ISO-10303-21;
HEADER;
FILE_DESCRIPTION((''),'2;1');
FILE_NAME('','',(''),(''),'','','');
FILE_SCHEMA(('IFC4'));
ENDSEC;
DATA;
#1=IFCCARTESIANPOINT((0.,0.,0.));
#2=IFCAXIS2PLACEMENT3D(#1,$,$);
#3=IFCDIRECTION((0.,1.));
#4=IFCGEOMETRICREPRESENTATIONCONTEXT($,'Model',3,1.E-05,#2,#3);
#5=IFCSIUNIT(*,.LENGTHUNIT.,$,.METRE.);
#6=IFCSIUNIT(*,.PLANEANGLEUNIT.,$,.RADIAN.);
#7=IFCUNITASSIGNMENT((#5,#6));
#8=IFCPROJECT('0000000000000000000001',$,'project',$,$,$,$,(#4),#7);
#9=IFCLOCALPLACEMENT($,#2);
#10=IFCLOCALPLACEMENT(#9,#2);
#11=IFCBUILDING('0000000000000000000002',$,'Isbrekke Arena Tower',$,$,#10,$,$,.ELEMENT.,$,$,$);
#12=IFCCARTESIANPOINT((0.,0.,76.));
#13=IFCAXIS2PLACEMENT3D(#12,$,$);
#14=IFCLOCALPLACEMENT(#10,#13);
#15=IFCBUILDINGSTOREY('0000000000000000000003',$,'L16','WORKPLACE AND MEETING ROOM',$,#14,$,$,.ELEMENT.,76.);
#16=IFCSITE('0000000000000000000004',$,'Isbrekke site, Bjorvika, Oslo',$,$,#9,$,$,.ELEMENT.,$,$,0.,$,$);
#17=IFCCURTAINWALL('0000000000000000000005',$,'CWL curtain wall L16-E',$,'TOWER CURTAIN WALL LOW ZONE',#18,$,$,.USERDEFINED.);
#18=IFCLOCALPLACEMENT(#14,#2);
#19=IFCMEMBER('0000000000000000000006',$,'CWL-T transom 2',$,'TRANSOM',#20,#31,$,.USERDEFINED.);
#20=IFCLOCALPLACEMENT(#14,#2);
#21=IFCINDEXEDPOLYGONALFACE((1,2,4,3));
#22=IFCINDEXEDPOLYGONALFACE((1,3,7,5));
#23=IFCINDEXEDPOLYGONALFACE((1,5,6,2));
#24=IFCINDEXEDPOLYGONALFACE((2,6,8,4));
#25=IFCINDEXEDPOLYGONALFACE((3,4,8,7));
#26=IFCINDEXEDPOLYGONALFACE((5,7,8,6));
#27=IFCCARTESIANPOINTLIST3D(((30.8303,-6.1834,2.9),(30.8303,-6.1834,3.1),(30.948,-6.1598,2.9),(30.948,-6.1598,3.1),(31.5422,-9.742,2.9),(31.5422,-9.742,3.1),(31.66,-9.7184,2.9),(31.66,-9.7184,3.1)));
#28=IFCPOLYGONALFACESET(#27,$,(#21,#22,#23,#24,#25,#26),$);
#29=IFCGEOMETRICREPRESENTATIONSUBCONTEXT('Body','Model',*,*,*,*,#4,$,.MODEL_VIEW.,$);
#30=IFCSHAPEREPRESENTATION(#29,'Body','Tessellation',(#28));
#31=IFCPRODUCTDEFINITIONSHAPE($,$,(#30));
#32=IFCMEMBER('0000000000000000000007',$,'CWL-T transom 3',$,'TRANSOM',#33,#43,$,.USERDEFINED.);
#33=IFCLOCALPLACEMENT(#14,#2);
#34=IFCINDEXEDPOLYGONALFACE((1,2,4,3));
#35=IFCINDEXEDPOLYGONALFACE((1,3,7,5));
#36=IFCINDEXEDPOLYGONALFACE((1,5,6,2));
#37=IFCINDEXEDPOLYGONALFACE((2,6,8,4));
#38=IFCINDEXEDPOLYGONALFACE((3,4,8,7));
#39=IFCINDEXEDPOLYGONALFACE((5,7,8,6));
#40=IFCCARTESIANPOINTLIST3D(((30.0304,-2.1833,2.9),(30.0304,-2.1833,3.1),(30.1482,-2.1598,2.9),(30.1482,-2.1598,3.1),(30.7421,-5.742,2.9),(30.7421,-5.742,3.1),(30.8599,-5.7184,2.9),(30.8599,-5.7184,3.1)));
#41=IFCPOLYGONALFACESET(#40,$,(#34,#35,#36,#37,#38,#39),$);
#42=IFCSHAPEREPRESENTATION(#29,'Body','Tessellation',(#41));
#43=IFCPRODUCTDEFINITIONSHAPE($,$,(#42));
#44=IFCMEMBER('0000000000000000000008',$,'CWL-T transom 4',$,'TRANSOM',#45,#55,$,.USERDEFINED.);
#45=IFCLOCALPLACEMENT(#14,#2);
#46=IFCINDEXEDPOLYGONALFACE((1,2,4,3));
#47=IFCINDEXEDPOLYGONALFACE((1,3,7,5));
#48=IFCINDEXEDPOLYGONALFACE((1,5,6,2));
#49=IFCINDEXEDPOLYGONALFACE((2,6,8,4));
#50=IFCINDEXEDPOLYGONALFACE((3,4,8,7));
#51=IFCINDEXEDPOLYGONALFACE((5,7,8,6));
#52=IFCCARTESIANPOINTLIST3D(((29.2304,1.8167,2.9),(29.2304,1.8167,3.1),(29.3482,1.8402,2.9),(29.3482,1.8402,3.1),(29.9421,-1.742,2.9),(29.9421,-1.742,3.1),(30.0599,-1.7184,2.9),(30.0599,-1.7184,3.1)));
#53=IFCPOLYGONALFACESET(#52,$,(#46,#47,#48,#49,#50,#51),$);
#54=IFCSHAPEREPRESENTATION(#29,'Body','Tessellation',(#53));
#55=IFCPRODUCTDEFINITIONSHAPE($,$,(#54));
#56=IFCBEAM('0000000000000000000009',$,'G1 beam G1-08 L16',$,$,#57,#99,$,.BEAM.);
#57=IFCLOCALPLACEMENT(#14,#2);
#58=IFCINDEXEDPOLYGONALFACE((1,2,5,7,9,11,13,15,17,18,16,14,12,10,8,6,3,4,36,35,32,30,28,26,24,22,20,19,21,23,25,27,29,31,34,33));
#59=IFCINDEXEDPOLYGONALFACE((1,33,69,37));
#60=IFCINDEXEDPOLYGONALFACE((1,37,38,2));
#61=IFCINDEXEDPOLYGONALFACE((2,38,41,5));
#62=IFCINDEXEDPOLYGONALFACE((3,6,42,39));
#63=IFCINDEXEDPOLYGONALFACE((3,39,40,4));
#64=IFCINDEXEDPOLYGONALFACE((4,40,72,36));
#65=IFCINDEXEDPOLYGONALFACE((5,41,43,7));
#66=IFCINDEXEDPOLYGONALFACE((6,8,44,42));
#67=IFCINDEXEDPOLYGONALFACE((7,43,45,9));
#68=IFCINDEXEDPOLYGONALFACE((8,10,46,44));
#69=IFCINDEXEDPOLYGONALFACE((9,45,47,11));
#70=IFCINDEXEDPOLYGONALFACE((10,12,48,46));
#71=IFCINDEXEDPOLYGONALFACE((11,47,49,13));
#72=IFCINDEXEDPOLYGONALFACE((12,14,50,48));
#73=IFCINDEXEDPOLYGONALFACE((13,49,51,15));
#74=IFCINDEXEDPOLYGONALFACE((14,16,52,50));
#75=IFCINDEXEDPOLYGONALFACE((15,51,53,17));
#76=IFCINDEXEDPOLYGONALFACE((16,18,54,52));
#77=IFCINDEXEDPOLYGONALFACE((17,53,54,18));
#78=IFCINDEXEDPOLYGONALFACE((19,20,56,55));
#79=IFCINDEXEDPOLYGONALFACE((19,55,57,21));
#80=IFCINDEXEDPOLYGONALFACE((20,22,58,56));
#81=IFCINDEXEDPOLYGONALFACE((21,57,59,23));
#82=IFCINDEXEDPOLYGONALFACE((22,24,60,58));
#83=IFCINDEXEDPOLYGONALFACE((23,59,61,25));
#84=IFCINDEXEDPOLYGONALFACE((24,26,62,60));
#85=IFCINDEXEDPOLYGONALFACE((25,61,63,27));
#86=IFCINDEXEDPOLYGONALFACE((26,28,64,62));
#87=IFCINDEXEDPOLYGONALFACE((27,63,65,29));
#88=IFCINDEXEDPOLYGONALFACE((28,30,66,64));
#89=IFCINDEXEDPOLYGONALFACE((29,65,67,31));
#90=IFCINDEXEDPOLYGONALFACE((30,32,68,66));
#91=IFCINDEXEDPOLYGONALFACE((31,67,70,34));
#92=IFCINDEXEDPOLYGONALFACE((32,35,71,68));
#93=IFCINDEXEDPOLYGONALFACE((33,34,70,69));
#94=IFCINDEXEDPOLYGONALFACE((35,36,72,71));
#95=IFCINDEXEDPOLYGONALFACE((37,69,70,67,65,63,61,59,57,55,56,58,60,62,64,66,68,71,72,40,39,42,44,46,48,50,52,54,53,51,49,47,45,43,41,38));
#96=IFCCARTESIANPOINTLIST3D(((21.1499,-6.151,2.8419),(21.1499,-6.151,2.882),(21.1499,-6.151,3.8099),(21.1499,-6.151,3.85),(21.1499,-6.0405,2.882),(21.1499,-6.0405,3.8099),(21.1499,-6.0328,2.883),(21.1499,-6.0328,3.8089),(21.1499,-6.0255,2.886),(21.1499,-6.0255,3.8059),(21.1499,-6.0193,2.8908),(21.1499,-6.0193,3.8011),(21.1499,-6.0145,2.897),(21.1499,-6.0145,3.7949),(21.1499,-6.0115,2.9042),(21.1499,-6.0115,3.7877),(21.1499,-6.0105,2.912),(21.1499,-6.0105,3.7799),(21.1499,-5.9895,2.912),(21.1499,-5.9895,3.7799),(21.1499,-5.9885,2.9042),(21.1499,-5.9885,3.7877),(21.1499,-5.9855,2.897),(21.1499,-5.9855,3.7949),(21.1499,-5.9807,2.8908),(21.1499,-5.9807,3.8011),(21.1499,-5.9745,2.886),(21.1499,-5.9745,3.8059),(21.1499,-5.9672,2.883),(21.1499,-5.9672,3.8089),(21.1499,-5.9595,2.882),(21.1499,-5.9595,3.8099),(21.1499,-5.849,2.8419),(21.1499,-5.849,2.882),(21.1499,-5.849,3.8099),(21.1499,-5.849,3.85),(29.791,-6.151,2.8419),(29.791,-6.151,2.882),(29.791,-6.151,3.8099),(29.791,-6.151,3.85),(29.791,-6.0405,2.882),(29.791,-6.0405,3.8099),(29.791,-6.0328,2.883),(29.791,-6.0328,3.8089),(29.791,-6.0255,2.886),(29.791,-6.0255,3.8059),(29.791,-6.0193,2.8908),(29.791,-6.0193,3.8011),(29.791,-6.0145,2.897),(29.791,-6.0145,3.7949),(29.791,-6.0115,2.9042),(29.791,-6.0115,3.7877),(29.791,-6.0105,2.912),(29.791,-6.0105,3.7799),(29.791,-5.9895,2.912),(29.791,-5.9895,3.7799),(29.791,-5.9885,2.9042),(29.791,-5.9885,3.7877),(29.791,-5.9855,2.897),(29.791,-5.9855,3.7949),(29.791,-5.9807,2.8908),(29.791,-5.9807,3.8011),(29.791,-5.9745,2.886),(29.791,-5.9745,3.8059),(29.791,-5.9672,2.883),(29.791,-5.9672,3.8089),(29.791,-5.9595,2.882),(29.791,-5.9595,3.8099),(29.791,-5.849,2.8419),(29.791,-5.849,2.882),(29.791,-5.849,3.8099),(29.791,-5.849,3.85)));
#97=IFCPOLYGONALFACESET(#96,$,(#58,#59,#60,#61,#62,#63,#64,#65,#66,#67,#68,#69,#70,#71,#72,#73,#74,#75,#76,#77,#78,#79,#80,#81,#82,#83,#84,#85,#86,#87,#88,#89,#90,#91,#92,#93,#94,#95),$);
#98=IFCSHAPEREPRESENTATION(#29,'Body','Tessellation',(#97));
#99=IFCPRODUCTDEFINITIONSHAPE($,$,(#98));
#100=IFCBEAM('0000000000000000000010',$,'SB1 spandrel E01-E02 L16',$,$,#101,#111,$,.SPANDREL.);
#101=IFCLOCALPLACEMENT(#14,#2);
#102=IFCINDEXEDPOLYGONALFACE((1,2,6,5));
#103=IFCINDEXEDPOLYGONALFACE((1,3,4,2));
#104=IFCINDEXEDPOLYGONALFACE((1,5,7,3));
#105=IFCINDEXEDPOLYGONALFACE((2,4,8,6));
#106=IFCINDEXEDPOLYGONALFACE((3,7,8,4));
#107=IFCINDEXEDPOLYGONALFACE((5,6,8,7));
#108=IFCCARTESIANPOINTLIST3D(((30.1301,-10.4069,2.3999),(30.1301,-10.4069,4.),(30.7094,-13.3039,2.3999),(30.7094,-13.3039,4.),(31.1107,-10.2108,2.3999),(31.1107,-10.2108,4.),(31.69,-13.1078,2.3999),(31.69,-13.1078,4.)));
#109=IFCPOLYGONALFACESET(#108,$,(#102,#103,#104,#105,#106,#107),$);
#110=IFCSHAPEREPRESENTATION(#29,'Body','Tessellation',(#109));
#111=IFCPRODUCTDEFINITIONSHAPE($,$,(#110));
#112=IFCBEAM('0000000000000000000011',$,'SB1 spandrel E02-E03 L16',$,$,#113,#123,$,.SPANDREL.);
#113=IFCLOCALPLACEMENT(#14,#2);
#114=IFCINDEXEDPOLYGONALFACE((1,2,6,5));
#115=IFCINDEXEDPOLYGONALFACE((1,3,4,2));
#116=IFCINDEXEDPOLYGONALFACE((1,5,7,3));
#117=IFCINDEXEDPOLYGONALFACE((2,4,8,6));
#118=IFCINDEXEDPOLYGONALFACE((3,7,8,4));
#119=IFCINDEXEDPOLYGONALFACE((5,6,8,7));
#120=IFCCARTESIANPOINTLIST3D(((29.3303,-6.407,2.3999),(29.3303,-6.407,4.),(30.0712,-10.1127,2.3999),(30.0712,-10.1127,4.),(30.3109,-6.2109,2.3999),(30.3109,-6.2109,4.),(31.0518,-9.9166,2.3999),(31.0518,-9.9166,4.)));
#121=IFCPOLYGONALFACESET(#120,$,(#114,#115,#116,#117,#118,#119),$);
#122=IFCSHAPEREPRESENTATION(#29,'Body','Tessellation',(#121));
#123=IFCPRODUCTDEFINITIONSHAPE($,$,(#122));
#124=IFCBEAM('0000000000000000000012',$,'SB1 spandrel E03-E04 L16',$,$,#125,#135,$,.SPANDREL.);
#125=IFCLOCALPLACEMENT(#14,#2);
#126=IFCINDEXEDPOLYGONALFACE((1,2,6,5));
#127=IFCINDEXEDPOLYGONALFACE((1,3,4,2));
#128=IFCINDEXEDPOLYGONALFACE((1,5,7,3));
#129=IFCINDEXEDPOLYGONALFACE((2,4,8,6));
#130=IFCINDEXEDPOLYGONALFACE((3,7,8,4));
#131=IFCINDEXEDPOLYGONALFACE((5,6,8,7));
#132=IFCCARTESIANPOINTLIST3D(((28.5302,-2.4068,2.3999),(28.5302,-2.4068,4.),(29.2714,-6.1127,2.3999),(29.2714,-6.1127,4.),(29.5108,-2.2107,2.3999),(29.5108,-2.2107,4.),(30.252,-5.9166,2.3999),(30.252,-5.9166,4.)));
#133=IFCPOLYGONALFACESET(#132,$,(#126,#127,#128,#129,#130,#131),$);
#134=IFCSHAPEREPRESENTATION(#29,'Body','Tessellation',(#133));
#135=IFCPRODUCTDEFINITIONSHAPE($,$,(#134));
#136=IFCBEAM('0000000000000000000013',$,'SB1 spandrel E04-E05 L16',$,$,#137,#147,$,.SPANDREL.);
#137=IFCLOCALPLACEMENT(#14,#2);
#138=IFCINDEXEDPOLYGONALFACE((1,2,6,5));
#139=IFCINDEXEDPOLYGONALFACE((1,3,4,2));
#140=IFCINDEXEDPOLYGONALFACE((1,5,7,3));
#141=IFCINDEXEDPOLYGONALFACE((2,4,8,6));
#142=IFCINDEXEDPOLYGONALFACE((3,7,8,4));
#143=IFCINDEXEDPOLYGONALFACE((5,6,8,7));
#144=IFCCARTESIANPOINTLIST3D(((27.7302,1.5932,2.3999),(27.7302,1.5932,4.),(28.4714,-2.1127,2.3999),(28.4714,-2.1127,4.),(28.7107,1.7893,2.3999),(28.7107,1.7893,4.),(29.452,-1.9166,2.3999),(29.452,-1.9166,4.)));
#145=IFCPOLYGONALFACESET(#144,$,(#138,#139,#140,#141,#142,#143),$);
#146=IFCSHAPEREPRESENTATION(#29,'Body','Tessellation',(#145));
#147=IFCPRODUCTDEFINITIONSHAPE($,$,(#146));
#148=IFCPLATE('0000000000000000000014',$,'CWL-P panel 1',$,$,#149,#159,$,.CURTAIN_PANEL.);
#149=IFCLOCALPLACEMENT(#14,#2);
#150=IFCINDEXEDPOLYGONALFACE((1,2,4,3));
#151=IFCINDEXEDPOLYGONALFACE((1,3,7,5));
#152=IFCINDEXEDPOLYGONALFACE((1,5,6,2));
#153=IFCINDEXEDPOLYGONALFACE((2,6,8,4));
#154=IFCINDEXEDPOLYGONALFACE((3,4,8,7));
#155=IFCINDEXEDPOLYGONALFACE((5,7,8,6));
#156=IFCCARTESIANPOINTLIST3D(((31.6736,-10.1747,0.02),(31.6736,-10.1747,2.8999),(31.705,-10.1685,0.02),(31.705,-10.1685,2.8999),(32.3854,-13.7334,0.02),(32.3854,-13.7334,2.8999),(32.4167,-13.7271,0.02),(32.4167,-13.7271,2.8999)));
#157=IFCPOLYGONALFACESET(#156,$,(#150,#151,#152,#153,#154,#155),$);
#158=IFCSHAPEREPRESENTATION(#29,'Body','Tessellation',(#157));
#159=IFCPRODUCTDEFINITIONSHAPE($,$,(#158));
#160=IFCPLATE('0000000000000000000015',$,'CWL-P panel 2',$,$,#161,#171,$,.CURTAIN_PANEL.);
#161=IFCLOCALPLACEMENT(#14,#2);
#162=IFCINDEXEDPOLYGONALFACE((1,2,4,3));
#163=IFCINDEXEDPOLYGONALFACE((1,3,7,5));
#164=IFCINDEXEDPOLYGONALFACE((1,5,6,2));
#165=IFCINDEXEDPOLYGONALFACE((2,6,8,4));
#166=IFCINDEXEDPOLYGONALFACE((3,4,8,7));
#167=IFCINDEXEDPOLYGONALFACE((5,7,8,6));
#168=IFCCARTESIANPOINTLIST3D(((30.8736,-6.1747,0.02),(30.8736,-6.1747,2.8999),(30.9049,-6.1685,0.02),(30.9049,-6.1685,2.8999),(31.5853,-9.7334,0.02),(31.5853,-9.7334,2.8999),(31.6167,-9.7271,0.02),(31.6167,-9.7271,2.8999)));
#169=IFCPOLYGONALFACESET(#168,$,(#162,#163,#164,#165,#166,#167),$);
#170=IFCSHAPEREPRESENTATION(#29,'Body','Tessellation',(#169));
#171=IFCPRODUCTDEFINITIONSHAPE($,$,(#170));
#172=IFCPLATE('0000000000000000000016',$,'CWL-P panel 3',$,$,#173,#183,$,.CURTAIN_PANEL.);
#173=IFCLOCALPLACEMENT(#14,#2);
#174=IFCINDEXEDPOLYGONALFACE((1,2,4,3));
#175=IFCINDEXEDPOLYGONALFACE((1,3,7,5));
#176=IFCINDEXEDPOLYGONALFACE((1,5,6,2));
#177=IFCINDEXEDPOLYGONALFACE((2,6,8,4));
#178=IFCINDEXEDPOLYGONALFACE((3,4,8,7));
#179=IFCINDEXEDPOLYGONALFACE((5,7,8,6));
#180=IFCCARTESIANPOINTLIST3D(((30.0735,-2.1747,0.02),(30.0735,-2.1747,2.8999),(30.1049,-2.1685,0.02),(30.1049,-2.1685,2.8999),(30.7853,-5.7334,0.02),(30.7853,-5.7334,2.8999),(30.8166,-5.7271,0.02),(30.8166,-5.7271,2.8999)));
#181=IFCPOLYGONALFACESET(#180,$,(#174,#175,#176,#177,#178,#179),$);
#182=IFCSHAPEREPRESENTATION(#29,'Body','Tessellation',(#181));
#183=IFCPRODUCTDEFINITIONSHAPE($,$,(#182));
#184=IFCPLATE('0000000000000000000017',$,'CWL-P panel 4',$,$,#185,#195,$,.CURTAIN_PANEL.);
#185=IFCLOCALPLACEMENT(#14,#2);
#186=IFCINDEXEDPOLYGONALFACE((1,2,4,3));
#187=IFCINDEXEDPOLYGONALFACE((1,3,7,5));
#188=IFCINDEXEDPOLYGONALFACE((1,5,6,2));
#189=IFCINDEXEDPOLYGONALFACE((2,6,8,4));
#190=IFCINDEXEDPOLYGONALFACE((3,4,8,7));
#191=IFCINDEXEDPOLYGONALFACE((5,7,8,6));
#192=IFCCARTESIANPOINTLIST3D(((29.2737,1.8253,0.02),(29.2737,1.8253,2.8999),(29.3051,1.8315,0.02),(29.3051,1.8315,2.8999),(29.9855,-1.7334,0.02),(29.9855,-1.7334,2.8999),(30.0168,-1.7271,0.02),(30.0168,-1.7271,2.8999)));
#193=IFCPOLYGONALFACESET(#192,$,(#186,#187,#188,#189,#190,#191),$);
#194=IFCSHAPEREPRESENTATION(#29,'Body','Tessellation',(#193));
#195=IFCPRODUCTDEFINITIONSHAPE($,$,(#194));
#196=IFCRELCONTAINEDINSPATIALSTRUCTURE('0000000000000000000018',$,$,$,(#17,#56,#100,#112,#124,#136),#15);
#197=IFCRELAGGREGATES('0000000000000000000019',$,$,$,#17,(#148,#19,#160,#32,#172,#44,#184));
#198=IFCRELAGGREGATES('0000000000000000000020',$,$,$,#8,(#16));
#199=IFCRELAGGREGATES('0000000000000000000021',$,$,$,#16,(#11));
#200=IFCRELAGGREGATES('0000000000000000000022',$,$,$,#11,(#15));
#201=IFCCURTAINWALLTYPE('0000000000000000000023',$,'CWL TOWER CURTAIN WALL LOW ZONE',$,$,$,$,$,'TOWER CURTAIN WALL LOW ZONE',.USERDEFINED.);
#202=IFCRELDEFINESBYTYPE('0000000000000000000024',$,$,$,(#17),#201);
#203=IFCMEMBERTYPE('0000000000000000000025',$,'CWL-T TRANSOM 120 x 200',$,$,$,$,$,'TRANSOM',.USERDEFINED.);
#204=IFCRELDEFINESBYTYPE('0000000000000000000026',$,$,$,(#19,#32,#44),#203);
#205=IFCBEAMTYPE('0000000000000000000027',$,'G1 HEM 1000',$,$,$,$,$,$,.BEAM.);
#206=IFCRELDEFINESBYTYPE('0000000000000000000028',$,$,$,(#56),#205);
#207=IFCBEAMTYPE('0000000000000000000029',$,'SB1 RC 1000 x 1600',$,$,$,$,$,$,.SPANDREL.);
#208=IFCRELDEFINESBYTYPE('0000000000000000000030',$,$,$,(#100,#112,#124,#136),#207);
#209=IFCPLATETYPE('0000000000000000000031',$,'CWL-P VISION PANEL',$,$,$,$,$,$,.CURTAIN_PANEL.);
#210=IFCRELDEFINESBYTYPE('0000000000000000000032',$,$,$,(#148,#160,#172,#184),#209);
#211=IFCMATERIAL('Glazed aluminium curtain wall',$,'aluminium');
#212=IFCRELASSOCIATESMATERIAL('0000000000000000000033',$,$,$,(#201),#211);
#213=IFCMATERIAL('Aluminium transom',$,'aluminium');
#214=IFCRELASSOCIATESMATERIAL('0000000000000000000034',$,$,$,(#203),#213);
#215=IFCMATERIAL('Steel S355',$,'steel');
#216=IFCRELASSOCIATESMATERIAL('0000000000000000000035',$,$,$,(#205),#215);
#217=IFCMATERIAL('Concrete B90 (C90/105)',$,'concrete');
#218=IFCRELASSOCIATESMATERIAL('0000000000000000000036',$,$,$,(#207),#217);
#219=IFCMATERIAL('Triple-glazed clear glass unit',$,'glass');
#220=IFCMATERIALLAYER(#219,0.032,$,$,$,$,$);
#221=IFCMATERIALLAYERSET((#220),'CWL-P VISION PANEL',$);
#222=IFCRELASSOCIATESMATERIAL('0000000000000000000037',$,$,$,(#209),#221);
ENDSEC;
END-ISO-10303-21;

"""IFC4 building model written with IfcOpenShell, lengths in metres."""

from ifc_helpers import new_model, si_unit, direction, frame, origin, origin_2d, place, context, subcontext, project, spatial, rectangle, i_section, extrude, material, layer, layer_set, material_profile, profile_set, type_object, element, aggregate, save


model = new_model("IFC4")

# Units and contexts
model_context = context("Model", 3, precision=1e-05, world=origin(), true_north=direction((0.0, 1.0)))
body_context = subcontext(model_context, "Body", "Model", "MODEL_VIEW")
ifc_project = project(units=[si_unit("LENGTHUNIT", "METRE"), si_unit("PLANEANGLEUNIT", "RADIAN")], contexts=[model_context])

# Site, building, storey
site_placement = place(None, origin())
site = spatial("IfcSite", under=ifc_project, at=site_placement, Name="Isbrekke site, Bjorvika, Oslo", CompositionType="ELEMENT", RefElevation=0.0)
building_placement = place(site_placement, origin())
building = spatial("IfcBuilding", under=site, at=building_placement, Name="Isbrekke Arena Tower", CompositionType="ELEMENT")
storey_placement = place(building_placement, frame((0.0, 0.0, 76.0)))
storey = spatial("IfcBuildingStorey", under=building, at=storey_placement, Name="L16", Description="WORKPLACE AND MEETING ROOM", CompositionType="ELEMENT", Elevation=76.0)

# Curtain wall, members
ifc_material_1 = material(Name="Glazed aluminium curtain wall", Category="aluminium")
curtain_wall_type = type_object("IfcCurtainWallType", Name="CWL TOWER CURTAIN WALL LOW ZONE", ElementType="TOWER CURTAIN WALL LOW ZONE", PredefinedType="USERDEFINED", material=ifc_material_1)
curtain_wall_placement = place(storey_placement, origin())
curtain_wall = element("IfcCurtainWall", 1, at=curtain_wall_placement, inside=storey, type_object=curtain_wall_type, Name="CWL curtain wall L16-E", ObjectType="TOWER CURTAIN WALL LOW ZONE", PredefinedType="USERDEFINED")
ifc_material_2 = material(Name="Aluminium transom", Category="aluminium")
ifc_material_profile_1 = material_profile(ifc_material_2, rectangle(XDim=0.1201, YDim=0.2, at=origin_2d()), Name="TRANSOM 120X200")
ifc_profile_set_1 = profile_set([ifc_material_profile_1], Name="Aluminium transom")
member_type_1 = type_object("IfcMemberType", Name="CWL-T TRANSOM 120 x 200", ElementType="TRANSOM", PredefinedType="USERDEFINED", material=ifc_profile_set_1)
member_1_placement = place(storey_placement, frame((31.6011, -9.7302, 3.0), z_axis=(-0.196168, 0.98057, 0.0), x_axis=(-0.98057, -0.196168, 0.0)))
member_1 = element("IfcMember", 2, at=member_1_placement, type_object=member_type_1, Name="CWL-T transom 2", ObjectType="TRANSOM", PredefinedType="USERDEFINED", context=body_context, shape_type="SweptSolid", body=[
    extrude(rectangle(XDim=0.1201, YDim=0.2, at=origin_2d()), origin(), (0.0, 0.0, 1.0), 3.6292),
])
member_2_placement = place(storey_placement, frame((30.801, -5.7302, 3.0), z_axis=(-0.196103, 0.980583, 0.0), x_axis=(-0.980583, -0.196103, 0.0)))
member_2 = element("IfcMember", 3, at=member_2_placement, type_object=member_type_1, Name="CWL-T transom 3", ObjectType="TRANSOM", PredefinedType="USERDEFINED", context=body_context, shape_type="SweptSolid", body=[
    extrude(rectangle(XDim=0.1201, YDim=0.2, at=origin_2d()), origin(), (0.0, 0.0, 1.0), 3.6292),
])
member_3_placement = place(storey_placement, frame((30.001, -1.7302, 3.0), z_axis=(-0.196103, 0.980583, 0.0), x_axis=(-0.980583, -0.196103, 0.0)))
member_3 = element("IfcMember", 4, at=member_3_placement, type_object=member_type_1, Name="CWL-T transom 4", ObjectType="TRANSOM", PredefinedType="USERDEFINED", context=body_context, shape_type="SweptSolid", body=[
    extrude(rectangle(XDim=0.1201, YDim=0.2, at=origin_2d()), origin(), (0.0, 0.0, 1.0), 3.6292),
])

# Beams
ifc_material_3 = material(Name="Steel S355", Category="steel")
ifc_material_profile_2 = material_profile(ifc_material_3, i_section(OverallWidth=0.302, OverallDepth=1.0081, WebThickness=0.021, FlangeThickness=0.04, FilletRadius=0.03, at=origin_2d()), Name="HEM 1000")
ifc_profile_set_2 = profile_set([ifc_material_profile_2], Name="Steel S355")
beam_type_1 = type_object("IfcBeamType", Name="G1 HEM 1000", PredefinedType="BEAM", material=ifc_profile_set_2)
beam_1_placement = place(storey_placement, frame((21.1499, -6.0, 3.3459), z_axis=(1.0, 0.0, 0.0), x_axis=(0.0, 1.0, 0.0)))
element("IfcBeam", 5, at=beam_1_placement, inside=storey, type_object=beam_type_1, Name="G1 beam G1-08 L16", PredefinedType="BEAM", context=body_context, shape_type="SweptSolid", body=[
    extrude(i_section(OverallWidth=0.302, OverallDepth=1.0081, WebThickness=0.021, FlangeThickness=0.04, FilletRadius=0.03, at=origin_2d()), origin(), (0.0, 0.0, 1.0), 8.6411),
])
ifc_material_4 = material(Name="Concrete B90 (C90/105)", Category="concrete")
ifc_material_profile_3 = material_profile(ifc_material_4, rectangle(XDim=1.0, YDim=1.6001, at=origin_2d()), Name="RC 1000x1600")
ifc_profile_set_3 = profile_set([ifc_material_profile_3], Name="Concrete B90 (C90/105)")
beam_type_2 = type_object("IfcBeamType", Name="SB1 RC 1000 x 1600", PredefinedType="SPANDREL", material=ifc_profile_set_3)
beam_2_placement = place(storey_placement, frame((31.1997, -13.2058, 3.2), z_axis=(-0.1961, 0.980584, 0.0), x_axis=(-0.980584, -0.1961, 0.0)))
element("IfcBeam", 6, at=beam_2_placement, inside=storey, type_object=beam_type_2, Name="SB1 spandrel E01-E02 L16", PredefinedType="SPANDREL", context=body_context, shape_type="SweptSolid", body=[
    extrude(rectangle(XDim=1.0, YDim=1.6001, at=origin_2d()), origin(), (0.0, 0.0, 1.0), 2.9543),
])
beam_3_placement = place(storey_placement, frame((30.5615, -10.0146, 3.2), z_axis=(-0.196066, 0.980591, 0.0), x_axis=(-0.980591, -0.196066, 0.0)))
element("IfcBeam", 7, at=beam_3_placement, inside=storey, type_object=beam_type_2, Name="SB1 spandrel E02-E03 L16", PredefinedType="SPANDREL", context=body_context, shape_type="SweptSolid", body=[
    extrude(rectangle(XDim=1.0, YDim=1.6001, at=origin_2d()), origin(), (0.0, 0.0, 1.0), 3.7791),
])
for number, where, z_axis, x_axis, name in (
    (8, (29.7617, -6.0146, 3.2), (-0.196129, 0.980578, 0.0), (-0.980578, -0.196129, 0.0), "SB1 spandrel E03-E04 L16"),
    (9, (28.9617, -2.0146, 3.2), (-0.196129, 0.980578, 0.0), (-0.980578, -0.196129, 0.0), "SB1 spandrel E04-E05 L16"),
):
    element("IfcBeam", number, at=place(storey_placement, frame(where, z_axis=z_axis, x_axis=x_axis)), inside=storey, type_object=beam_type_2, Name=name, PredefinedType="SPANDREL", context=body_context, shape_type="SweptSolid", body=[
        extrude(rectangle(XDim=1.0, YDim=1.6001, at=origin_2d()), origin(), (0.0, 0.0, 1.0), 3.7793),
    ])

# Plates
ifc_material_5 = material(Name="Triple-glazed clear glass unit", Category="glass")
ifc_layer_1 = layer(ifc_material_5, 0.032)
ifc_layer_set_1 = layer_set([ifc_layer_1], Name="CWL-P VISION PANEL")
plate_type = type_object("IfcPlateType", Name="CWL-P VISION PANEL", PredefinedType="CURTAIN_PANEL", material=ifc_layer_set_1)
plate_1_placement = place(storey_placement, frame((32.0452, -11.9509, 0.02), z_axis=(0.0, 0.0, 1.0), x_axis=(-0.196116, 0.980581, 0.0)))
plate_1 = element("IfcPlate", 10, at=plate_1_placement, type_object=plate_type, Name="CWL-P panel 1", PredefinedType="CURTAIN_PANEL", context=body_context, shape_type="SweptSolid", body=[
    extrude(rectangle(XDim=3.6292, YDim=0.032, at=origin_2d()), origin(), (0.0, 0.0, 1.0), 2.8799),
])
plate_2_placement = place(storey_placement, frame((31.2451, -7.9509, 0.02), z_axis=(0.0, 0.0, 1.0), x_axis=(-0.196116, 0.980581, 0.0)))
plate_2 = element("IfcPlate", 11, at=plate_2_placement, type_object=plate_type, Name="CWL-P panel 2", PredefinedType="CURTAIN_PANEL", context=body_context, shape_type="SweptSolid", body=[
    extrude(rectangle(XDim=3.6292, YDim=0.032, at=origin_2d()), origin(), (0.0, 0.0, 1.0), 2.8799),
])
plate_3_placement = place(storey_placement, frame((30.4451, -3.9509, 0.02), z_axis=(0.0, 0.0, 1.0), x_axis=(-0.196116, 0.980581, 0.0)))
plate_3 = element("IfcPlate", 12, at=plate_3_placement, type_object=plate_type, Name="CWL-P panel 3", PredefinedType="CURTAIN_PANEL", context=body_context, shape_type="SweptSolid", body=[
    extrude(rectangle(XDim=3.6292, YDim=0.032, at=origin_2d()), origin(), (0.0, 0.0, 1.0), 2.8799),
])
plate_4_placement = place(storey_placement, frame((29.6453, 0.0491, 0.02), z_axis=(0.0, 0.0, 1.0), x_axis=(-0.196116, 0.980581, 0.0)))
plate_4 = element("IfcPlate", 13, at=plate_4_placement, type_object=plate_type, Name="CWL-P panel 4", PredefinedType="CURTAIN_PANEL", context=body_context, shape_type="SweptSolid", body=[
    extrude(rectangle(XDim=3.6292, YDim=0.032, at=origin_2d()), origin(), (0.0, 0.0, 1.0), 2.8799),
])
aggregate(curtain_wall, [plate_1, member_1, plate_2, member_2, plate_3, member_3, plate_4])

save(model, "model.ifc")
